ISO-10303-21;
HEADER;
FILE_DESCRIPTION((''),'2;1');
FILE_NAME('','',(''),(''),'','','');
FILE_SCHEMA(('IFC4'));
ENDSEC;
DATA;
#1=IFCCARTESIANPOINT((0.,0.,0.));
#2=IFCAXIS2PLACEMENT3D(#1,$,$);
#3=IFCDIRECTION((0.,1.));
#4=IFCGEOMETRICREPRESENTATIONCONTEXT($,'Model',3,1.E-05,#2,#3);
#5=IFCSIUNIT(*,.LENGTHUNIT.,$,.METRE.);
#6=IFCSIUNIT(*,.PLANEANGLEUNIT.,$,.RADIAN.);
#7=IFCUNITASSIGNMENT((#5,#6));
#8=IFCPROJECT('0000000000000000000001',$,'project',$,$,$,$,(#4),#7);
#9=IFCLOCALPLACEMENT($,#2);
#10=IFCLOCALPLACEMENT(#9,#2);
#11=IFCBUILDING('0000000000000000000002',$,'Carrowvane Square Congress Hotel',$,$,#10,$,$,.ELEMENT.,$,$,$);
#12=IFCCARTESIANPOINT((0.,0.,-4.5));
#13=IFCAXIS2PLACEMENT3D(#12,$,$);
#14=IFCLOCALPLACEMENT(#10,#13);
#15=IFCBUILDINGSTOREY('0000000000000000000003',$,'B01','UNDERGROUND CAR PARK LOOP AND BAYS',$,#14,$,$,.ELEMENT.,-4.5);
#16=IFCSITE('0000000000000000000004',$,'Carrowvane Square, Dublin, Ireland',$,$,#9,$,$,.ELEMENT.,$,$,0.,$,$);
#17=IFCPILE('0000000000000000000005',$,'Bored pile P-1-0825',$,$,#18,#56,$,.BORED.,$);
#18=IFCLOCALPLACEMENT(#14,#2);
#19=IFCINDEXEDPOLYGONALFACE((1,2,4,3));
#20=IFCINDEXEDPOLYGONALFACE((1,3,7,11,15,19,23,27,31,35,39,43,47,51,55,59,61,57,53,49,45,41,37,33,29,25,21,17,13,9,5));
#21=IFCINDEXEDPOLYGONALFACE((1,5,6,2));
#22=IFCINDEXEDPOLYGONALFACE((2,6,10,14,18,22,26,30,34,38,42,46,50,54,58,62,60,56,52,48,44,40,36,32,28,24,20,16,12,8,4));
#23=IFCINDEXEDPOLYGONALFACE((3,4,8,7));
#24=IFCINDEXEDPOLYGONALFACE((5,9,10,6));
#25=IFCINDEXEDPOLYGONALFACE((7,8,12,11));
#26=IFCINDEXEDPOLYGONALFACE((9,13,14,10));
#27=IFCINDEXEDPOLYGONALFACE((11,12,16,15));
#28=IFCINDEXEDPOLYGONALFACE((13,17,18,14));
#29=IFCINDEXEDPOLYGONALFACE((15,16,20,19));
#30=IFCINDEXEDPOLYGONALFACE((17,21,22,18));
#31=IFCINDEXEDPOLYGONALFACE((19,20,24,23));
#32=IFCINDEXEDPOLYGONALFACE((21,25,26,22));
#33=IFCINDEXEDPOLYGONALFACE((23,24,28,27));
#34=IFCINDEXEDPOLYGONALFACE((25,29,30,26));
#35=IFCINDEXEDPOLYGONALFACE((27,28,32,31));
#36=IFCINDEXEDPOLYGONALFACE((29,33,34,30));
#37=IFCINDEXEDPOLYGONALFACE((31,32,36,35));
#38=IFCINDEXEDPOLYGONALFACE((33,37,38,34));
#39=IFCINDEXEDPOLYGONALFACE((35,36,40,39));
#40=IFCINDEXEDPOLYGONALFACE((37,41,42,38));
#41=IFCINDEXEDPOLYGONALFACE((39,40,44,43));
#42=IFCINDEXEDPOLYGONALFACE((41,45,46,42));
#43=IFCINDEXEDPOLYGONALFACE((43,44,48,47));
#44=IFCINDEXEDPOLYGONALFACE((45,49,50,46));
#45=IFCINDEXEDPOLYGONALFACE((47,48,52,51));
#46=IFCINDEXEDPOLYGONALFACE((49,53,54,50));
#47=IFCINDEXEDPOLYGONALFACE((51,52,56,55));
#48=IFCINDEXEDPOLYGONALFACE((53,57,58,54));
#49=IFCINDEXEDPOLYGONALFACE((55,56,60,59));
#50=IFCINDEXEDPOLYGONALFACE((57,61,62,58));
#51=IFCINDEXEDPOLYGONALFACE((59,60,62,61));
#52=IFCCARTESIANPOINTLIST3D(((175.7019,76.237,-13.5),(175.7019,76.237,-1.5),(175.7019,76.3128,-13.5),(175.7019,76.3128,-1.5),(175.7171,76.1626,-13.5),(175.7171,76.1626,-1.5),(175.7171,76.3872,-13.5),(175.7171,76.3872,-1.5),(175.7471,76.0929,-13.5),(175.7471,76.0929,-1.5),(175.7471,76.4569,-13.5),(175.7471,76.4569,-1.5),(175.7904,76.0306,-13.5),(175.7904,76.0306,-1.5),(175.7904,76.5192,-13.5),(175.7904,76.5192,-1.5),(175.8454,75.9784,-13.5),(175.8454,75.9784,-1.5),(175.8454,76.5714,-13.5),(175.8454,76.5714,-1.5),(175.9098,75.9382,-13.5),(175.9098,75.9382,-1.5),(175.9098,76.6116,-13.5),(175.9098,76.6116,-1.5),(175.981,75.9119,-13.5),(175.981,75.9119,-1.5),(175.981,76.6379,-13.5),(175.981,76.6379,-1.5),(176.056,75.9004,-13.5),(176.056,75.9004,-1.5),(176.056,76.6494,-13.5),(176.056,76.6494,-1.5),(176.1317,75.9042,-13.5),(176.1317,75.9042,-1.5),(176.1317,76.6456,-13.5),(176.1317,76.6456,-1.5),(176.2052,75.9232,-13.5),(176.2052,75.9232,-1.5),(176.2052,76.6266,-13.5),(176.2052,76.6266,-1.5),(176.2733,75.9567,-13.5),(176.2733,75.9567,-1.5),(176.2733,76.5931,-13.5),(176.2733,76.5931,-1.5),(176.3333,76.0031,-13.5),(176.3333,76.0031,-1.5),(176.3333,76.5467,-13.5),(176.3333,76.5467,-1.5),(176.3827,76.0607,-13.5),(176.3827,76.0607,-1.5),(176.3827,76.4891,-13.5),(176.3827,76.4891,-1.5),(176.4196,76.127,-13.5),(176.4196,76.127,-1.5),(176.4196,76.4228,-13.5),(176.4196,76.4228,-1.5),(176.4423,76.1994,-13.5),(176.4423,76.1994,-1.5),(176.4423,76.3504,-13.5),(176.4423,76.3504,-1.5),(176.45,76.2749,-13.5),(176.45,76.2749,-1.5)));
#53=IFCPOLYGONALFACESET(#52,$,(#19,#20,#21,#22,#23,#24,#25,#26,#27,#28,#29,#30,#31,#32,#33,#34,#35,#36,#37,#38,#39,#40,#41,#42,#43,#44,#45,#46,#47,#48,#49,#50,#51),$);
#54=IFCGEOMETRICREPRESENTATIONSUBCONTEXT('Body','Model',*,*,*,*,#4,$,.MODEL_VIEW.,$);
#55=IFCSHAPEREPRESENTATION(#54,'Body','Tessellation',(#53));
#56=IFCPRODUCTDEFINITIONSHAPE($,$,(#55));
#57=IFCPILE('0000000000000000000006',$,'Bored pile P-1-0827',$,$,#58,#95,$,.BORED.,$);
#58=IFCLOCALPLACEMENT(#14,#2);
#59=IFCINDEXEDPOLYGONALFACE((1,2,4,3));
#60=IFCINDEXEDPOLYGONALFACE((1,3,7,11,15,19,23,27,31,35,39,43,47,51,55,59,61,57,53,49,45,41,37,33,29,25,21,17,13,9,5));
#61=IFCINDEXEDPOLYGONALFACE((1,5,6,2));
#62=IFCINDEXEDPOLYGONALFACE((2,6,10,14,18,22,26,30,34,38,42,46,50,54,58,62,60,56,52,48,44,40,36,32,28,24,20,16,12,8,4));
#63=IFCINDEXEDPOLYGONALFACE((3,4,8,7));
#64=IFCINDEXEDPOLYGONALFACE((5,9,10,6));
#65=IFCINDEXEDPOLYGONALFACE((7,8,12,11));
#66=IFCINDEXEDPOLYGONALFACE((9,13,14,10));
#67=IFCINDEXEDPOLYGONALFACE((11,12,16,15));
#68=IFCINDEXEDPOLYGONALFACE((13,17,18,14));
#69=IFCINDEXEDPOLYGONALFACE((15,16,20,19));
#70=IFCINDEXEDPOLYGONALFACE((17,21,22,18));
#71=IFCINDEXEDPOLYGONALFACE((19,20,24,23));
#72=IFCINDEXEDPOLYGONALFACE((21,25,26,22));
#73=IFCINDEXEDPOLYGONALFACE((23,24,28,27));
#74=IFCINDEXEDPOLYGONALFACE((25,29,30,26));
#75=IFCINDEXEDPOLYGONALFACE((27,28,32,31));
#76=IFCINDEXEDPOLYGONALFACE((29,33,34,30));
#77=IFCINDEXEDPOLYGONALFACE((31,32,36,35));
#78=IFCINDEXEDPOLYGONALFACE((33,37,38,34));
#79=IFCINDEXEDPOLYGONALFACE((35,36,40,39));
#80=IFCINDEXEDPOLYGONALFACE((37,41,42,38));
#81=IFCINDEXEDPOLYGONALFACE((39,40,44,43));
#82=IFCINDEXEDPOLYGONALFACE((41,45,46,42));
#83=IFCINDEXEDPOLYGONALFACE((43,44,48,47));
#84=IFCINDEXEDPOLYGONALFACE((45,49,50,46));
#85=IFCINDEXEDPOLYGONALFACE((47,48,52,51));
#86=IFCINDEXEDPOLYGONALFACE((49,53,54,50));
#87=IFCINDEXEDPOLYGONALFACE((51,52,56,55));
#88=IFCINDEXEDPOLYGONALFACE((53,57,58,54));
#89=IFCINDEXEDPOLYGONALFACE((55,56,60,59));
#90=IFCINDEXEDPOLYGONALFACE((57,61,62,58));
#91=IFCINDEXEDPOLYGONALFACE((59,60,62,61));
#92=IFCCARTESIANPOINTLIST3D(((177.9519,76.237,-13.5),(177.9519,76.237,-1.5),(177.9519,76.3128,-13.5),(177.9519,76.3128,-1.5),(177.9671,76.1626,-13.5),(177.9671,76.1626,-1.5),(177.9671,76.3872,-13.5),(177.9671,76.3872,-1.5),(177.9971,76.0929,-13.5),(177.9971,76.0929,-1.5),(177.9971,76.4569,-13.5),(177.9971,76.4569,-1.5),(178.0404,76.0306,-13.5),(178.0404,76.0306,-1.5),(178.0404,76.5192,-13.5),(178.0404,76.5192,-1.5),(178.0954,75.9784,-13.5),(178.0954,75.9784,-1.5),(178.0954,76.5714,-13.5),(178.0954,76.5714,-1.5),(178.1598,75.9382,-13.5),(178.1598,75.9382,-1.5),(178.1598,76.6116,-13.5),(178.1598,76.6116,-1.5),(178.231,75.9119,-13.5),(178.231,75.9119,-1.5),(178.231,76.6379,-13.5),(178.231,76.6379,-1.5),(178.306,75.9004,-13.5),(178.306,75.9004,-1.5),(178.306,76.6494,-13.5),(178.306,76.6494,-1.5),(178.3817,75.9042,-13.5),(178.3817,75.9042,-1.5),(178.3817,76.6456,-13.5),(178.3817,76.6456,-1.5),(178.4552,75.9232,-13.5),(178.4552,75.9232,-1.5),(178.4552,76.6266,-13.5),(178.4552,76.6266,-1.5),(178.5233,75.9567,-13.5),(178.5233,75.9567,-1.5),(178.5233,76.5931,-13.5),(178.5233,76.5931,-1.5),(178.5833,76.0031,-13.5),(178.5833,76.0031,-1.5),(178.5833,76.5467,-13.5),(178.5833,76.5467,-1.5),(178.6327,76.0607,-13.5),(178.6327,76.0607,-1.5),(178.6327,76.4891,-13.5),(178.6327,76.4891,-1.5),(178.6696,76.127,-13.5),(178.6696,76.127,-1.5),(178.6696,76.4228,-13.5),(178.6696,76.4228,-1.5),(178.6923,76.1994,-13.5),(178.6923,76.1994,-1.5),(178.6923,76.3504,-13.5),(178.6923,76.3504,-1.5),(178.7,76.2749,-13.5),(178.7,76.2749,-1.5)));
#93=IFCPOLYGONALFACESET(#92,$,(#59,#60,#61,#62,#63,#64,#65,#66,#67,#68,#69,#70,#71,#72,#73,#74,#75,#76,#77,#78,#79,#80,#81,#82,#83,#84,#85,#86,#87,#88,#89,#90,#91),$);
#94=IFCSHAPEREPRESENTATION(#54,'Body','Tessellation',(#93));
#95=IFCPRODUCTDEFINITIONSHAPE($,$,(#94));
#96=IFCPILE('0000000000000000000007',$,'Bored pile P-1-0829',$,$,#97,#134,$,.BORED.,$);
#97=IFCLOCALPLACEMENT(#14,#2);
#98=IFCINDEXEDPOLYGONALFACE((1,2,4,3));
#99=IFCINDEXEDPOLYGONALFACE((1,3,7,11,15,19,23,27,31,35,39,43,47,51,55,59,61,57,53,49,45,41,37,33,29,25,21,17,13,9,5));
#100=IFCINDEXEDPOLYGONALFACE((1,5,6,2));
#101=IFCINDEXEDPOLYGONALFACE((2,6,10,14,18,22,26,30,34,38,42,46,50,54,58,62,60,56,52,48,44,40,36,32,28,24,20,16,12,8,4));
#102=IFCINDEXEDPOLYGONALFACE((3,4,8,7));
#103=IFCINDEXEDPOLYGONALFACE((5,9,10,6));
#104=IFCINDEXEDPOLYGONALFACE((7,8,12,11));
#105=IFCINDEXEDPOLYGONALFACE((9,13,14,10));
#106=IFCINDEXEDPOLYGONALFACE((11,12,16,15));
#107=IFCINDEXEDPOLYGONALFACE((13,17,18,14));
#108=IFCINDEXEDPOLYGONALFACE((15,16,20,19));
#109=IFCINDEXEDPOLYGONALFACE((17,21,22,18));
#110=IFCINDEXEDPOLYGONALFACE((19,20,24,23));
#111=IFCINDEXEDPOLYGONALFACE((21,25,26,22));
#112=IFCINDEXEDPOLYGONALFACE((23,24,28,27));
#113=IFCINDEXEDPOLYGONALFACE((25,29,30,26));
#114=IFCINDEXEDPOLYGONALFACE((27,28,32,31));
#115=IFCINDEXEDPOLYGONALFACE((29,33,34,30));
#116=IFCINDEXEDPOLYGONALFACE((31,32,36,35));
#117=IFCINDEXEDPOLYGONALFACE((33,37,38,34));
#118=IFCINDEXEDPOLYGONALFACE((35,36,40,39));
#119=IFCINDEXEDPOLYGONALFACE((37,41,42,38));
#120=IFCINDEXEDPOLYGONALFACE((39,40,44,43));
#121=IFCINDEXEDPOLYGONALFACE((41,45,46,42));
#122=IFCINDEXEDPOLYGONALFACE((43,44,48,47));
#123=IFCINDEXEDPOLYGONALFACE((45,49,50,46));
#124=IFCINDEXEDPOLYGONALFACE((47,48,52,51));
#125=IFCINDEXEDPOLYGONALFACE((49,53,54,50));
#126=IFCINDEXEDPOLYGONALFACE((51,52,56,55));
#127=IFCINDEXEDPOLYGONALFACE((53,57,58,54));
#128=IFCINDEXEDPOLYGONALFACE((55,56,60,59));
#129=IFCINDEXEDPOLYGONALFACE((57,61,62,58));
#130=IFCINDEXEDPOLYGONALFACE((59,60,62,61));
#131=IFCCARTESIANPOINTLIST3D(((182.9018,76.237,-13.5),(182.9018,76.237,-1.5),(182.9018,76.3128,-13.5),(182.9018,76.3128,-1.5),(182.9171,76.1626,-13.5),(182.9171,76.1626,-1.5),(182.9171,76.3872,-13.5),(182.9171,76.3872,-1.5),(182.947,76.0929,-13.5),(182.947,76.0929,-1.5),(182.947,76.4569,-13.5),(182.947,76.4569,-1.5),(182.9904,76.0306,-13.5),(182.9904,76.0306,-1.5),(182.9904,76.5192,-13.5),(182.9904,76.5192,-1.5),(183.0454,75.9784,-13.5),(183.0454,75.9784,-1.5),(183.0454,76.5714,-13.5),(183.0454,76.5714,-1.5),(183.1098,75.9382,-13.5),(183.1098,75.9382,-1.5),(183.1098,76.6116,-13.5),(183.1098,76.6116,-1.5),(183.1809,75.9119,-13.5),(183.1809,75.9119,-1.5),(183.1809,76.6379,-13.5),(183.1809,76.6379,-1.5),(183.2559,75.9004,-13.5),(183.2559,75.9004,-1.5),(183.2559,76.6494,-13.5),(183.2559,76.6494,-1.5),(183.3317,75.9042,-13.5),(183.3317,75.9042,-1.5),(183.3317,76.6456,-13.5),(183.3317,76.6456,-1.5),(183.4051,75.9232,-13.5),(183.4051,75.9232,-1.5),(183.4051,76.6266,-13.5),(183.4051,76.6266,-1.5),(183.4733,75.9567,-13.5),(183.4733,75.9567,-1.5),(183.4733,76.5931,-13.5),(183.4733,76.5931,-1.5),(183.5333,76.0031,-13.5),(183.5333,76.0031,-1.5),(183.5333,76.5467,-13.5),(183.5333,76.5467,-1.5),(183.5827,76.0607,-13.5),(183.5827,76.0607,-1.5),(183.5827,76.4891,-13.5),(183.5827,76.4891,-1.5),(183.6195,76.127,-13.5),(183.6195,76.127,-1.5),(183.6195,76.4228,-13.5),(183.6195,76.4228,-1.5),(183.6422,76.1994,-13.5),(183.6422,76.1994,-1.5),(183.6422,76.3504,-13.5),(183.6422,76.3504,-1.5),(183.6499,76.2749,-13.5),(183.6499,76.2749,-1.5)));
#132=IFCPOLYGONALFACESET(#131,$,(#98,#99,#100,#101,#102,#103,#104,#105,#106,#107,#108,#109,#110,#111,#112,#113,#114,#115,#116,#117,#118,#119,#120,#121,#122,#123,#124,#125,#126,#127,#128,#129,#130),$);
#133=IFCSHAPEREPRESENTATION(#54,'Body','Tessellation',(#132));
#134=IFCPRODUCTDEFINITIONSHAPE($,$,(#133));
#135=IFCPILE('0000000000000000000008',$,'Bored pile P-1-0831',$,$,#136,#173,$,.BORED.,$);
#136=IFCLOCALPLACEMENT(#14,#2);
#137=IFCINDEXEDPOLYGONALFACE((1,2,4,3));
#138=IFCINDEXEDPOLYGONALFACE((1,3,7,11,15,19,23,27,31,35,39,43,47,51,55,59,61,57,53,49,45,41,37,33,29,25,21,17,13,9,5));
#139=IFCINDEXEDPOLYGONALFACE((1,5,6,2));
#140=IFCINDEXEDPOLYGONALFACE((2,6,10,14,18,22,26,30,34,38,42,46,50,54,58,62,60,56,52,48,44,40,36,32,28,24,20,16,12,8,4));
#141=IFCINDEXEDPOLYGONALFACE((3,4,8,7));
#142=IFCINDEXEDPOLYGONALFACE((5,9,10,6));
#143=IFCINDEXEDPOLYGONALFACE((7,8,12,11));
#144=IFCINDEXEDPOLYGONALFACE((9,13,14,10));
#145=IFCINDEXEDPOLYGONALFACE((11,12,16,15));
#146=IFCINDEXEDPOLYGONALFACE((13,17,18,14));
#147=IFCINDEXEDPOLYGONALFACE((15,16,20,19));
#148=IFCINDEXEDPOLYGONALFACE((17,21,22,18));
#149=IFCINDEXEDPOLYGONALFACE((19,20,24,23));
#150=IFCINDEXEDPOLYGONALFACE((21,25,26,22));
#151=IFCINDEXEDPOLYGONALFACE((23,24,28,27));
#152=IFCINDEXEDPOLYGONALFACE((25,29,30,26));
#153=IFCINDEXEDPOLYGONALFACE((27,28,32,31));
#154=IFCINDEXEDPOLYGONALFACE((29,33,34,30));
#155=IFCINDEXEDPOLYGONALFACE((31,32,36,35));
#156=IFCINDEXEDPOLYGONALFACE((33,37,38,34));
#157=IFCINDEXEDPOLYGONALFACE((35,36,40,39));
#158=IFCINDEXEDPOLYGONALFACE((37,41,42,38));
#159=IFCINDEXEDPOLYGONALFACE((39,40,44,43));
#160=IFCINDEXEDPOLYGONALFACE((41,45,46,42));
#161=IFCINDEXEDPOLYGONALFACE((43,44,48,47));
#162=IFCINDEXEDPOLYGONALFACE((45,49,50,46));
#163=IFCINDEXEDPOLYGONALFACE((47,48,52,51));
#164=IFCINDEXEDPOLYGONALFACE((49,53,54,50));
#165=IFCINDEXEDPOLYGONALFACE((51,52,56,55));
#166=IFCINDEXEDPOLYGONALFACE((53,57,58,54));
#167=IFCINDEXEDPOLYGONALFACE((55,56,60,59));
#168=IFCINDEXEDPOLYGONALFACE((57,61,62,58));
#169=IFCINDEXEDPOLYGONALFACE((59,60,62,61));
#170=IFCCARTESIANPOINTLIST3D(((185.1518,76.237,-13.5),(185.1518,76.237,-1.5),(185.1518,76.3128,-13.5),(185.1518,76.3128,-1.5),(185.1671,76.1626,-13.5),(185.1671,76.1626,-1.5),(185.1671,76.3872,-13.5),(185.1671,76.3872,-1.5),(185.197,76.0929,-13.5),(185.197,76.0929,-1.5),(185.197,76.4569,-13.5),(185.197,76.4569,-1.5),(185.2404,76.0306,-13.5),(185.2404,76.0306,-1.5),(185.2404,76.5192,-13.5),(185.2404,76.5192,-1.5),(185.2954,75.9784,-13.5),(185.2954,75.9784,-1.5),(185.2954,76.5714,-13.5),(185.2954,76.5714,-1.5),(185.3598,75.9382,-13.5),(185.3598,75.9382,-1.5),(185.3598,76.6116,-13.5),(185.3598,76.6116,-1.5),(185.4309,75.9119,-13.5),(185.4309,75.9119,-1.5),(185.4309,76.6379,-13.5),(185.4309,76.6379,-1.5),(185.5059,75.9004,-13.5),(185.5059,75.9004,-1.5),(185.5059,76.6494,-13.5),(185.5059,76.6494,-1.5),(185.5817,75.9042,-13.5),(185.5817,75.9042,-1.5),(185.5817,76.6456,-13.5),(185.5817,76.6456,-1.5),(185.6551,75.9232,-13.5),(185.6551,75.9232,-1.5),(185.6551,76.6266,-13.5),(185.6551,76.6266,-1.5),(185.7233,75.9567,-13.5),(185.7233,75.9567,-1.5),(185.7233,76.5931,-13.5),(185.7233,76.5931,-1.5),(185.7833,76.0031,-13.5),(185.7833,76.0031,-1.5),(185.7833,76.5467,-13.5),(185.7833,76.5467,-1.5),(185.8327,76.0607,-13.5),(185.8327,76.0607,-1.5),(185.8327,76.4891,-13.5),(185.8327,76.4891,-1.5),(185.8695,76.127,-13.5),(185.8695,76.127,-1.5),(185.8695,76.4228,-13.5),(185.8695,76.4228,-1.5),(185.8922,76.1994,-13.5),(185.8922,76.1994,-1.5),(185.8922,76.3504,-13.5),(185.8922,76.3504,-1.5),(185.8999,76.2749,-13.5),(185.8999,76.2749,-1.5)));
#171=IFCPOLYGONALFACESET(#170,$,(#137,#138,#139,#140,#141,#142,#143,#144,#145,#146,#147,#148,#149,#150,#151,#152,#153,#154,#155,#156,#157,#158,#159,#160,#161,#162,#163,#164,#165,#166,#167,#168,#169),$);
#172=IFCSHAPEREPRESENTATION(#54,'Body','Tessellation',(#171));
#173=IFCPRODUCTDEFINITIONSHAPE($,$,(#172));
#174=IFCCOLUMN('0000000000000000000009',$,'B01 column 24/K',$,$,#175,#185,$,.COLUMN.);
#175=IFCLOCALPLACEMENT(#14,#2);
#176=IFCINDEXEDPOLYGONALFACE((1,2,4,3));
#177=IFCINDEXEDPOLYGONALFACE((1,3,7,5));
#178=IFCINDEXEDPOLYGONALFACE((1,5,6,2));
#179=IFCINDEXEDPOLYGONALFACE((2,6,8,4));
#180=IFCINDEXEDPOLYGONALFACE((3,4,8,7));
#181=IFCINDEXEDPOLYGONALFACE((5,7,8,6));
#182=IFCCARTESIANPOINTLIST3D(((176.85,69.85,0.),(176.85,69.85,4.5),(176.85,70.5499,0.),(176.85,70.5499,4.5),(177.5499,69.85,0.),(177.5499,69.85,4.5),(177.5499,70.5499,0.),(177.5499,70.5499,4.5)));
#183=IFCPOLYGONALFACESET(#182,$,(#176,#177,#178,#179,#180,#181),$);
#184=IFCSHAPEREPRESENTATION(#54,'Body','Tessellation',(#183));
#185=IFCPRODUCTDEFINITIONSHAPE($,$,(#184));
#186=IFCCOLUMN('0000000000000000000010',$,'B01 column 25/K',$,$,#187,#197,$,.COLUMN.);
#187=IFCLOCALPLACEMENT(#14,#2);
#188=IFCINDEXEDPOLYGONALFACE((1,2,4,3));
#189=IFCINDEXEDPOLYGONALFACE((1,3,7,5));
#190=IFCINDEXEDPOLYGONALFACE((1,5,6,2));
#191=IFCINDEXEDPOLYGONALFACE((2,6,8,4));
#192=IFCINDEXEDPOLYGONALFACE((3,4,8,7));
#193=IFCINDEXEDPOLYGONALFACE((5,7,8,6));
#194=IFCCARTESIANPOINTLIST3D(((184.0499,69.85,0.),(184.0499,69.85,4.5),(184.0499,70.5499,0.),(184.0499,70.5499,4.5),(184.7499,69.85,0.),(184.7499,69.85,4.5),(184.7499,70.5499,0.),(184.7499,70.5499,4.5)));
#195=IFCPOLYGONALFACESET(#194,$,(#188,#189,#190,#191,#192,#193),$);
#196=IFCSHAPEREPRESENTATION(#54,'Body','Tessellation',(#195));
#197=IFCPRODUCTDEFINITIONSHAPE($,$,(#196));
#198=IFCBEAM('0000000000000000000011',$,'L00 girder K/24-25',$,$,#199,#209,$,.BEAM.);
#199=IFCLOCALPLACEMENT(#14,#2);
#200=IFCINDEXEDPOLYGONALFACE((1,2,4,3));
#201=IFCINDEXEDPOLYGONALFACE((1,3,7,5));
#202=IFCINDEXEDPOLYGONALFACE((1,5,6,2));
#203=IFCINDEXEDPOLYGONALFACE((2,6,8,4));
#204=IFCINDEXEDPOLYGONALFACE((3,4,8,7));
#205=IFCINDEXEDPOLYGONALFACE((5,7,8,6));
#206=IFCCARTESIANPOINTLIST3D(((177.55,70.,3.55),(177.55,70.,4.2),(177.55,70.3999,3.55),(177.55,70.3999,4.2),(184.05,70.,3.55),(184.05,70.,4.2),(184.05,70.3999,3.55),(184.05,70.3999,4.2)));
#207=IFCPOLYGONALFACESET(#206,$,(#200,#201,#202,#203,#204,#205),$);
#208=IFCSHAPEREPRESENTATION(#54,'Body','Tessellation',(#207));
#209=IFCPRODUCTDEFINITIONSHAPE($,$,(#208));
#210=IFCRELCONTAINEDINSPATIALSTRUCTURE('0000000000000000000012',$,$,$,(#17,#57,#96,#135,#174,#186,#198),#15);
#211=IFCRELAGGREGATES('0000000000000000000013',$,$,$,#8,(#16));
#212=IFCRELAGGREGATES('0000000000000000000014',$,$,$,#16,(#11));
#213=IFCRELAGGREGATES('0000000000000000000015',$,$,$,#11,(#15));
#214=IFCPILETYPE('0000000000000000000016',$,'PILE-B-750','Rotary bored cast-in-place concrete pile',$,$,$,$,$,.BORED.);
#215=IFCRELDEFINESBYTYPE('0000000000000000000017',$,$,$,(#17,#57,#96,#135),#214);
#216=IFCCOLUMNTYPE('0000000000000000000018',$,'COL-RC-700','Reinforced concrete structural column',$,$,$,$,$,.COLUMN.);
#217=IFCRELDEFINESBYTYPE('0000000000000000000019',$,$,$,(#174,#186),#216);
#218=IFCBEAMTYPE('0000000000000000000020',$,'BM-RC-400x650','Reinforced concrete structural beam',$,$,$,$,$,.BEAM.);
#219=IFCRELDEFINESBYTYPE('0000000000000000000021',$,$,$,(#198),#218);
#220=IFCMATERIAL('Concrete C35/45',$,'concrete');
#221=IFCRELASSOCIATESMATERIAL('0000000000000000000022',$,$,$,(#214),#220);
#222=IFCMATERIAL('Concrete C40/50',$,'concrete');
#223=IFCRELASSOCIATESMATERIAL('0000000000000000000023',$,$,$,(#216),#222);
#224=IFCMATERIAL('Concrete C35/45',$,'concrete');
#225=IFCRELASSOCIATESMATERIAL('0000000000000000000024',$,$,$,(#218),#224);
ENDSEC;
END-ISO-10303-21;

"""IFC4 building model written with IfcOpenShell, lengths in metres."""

from ifc_helpers import new_model, si_unit, direction, frame, origin, origin_2d, place, context, subcontext, project, spatial, rectangle, circle, extrude, material, material_profile, profile_set, type_object, element, save


model = new_model("IFC4")

# Units and contexts
model_context = context("Model", 3, precision=1e-05, world=origin(), true_north=direction((0.0, 1.0)))
body_context = subcontext(model_context, "Body", "Model", "MODEL_VIEW")
ifc_project = project(units=[si_unit("LENGTHUNIT", "METRE"), si_unit("PLANEANGLEUNIT", "RADIAN")], contexts=[model_context])

# Site, building, storey
site_placement = place(None, origin())
site = spatial("IfcSite", under=ifc_project, at=site_placement, Name="Carrowvane Square, Dublin, Ireland", CompositionType="ELEMENT", RefElevation=0.0)
building_placement = place(site_placement, origin())
building = spatial("IfcBuilding", under=site, at=building_placement, Name="Carrowvane Square Congress Hotel", CompositionType="ELEMENT")
storey_placement = place(building_placement, frame((0.0, 0.0, -4.5)))
storey = spatial("IfcBuildingStorey", under=building, at=storey_placement, Name="B01", Description="UNDERGROUND CAR PARK LOOP AND BAYS", CompositionType="ELEMENT", Elevation=-4.5)

# Piles
ifc_material_1 = material(Name="Concrete C35/45", Category="concrete")
ifc_material_profile_1 = material_profile(ifc_material_1, circle(Radius=0.375, at=origin_2d()), Name="PILE D750")
ifc_profile_set_1 = profile_set([ifc_material_profile_1], Name="Concrete C35/45")
pile_type = type_object("IfcPileType", Name="PILE-B-750", Description="Rotary bored cast-in-place concrete pile", PredefinedType="BORED", material=ifc_profile_set_1)
for number, where, z_axis, x_axis, name in (
    (1, (176.075, 76.2749, -1.5), (0.0, 0.0, -1.0), (1.0, 0.0, 0.0), "Bored pile P-1-0825"),
    (2, (178.325, 76.2749, -1.5), (0.0, 0.0, -1.0), (1.0, 0.0, 0.0), "Bored pile P-1-0827"),
    (3, (183.2749, 76.2749, -1.5), (0.0, 0.0, -1.0), (1.0, 0.0, 0.0), "Bored pile P-1-0829"),
    (4, (185.5249, 76.2749, -1.5), (0.0, 0.0, -1.0), (1.0, 0.0, 0.0), "Bored pile P-1-0831"),
):
    element("IfcPile", number, at=place(storey_placement, frame(where, z_axis=z_axis, x_axis=x_axis)), inside=storey, type_object=pile_type, Name=name, PredefinedType="BORED", context=body_context, shape_type="SweptSolid", body=[
        extrude(circle(Radius=0.375, at=origin_2d()), origin(), (0.0, 0.0, 1.0), 12.0),
    ])

# Columns
ifc_material_2 = material(Name="Concrete C40/50", Category="concrete")
ifc_material_profile_2 = material_profile(ifc_material_2, rectangle(XDim=0.7, YDim=0.7, at=origin_2d()), Name="RC 700x700")
ifc_profile_set_2 = profile_set([ifc_material_profile_2], Name="Concrete C40/50")
column_type = type_object("IfcColumnType", Name="COL-RC-700", Description="Reinforced concrete structural column", PredefinedType="COLUMN", material=ifc_profile_set_2)
for number, where, z_axis, x_axis, name in (
    (5, (177.2, 70.2, 0.0), (0.0, 0.0, 1.0), (1.0, 0.0, 0.0), "B01 column 24/K"),
    (6, (184.3999, 70.2, 0.0), (0.0, 0.0, 1.0), (1.0, 0.0, 0.0), "B01 column 25/K"),
):
    element("IfcColumn", number, at=place(storey_placement, frame(where, z_axis=z_axis, x_axis=x_axis)), inside=storey, type_object=column_type, Name=name, PredefinedType="COLUMN", context=body_context, shape_type="SweptSolid", body=[
        extrude(rectangle(XDim=0.7, YDim=0.7, at=origin_2d()), origin(), (0.0, 0.0, 1.0), 4.5),
    ])

# Beam
ifc_material_3 = material(Name="Concrete C35/45", Category="concrete")
ifc_material_profile_3 = material_profile(ifc_material_3, rectangle(XDim=0.3999, YDim=0.6499, at=origin_2d()), Name="RC 400x650")
ifc_profile_set_3 = profile_set([ifc_material_profile_3], Name="Concrete C35/45")
beam_type_1 = type_object("IfcBeamType", Name="BM-RC-400x650", Description="Reinforced concrete structural beam", PredefinedType="BEAM", material=ifc_profile_set_3)
beam_1_placement = place(storey_placement, frame((177.55, 70.2, 3.875), z_axis=(1.0, 0.0, 0.0), x_axis=(0.0, 1.0, 0.0)))
element("IfcBeam", 7, at=beam_1_placement, inside=storey, type_object=beam_type_1, Name="L00 girder K/24-25", PredefinedType="BEAM", context=body_context, shape_type="SweptSolid", body=[
    extrude(rectangle(XDim=0.3999, YDim=0.6499, at=origin_2d()), origin(), (0.0, 0.0, 1.0), 6.5),
])

save(model, "model.ifc")
